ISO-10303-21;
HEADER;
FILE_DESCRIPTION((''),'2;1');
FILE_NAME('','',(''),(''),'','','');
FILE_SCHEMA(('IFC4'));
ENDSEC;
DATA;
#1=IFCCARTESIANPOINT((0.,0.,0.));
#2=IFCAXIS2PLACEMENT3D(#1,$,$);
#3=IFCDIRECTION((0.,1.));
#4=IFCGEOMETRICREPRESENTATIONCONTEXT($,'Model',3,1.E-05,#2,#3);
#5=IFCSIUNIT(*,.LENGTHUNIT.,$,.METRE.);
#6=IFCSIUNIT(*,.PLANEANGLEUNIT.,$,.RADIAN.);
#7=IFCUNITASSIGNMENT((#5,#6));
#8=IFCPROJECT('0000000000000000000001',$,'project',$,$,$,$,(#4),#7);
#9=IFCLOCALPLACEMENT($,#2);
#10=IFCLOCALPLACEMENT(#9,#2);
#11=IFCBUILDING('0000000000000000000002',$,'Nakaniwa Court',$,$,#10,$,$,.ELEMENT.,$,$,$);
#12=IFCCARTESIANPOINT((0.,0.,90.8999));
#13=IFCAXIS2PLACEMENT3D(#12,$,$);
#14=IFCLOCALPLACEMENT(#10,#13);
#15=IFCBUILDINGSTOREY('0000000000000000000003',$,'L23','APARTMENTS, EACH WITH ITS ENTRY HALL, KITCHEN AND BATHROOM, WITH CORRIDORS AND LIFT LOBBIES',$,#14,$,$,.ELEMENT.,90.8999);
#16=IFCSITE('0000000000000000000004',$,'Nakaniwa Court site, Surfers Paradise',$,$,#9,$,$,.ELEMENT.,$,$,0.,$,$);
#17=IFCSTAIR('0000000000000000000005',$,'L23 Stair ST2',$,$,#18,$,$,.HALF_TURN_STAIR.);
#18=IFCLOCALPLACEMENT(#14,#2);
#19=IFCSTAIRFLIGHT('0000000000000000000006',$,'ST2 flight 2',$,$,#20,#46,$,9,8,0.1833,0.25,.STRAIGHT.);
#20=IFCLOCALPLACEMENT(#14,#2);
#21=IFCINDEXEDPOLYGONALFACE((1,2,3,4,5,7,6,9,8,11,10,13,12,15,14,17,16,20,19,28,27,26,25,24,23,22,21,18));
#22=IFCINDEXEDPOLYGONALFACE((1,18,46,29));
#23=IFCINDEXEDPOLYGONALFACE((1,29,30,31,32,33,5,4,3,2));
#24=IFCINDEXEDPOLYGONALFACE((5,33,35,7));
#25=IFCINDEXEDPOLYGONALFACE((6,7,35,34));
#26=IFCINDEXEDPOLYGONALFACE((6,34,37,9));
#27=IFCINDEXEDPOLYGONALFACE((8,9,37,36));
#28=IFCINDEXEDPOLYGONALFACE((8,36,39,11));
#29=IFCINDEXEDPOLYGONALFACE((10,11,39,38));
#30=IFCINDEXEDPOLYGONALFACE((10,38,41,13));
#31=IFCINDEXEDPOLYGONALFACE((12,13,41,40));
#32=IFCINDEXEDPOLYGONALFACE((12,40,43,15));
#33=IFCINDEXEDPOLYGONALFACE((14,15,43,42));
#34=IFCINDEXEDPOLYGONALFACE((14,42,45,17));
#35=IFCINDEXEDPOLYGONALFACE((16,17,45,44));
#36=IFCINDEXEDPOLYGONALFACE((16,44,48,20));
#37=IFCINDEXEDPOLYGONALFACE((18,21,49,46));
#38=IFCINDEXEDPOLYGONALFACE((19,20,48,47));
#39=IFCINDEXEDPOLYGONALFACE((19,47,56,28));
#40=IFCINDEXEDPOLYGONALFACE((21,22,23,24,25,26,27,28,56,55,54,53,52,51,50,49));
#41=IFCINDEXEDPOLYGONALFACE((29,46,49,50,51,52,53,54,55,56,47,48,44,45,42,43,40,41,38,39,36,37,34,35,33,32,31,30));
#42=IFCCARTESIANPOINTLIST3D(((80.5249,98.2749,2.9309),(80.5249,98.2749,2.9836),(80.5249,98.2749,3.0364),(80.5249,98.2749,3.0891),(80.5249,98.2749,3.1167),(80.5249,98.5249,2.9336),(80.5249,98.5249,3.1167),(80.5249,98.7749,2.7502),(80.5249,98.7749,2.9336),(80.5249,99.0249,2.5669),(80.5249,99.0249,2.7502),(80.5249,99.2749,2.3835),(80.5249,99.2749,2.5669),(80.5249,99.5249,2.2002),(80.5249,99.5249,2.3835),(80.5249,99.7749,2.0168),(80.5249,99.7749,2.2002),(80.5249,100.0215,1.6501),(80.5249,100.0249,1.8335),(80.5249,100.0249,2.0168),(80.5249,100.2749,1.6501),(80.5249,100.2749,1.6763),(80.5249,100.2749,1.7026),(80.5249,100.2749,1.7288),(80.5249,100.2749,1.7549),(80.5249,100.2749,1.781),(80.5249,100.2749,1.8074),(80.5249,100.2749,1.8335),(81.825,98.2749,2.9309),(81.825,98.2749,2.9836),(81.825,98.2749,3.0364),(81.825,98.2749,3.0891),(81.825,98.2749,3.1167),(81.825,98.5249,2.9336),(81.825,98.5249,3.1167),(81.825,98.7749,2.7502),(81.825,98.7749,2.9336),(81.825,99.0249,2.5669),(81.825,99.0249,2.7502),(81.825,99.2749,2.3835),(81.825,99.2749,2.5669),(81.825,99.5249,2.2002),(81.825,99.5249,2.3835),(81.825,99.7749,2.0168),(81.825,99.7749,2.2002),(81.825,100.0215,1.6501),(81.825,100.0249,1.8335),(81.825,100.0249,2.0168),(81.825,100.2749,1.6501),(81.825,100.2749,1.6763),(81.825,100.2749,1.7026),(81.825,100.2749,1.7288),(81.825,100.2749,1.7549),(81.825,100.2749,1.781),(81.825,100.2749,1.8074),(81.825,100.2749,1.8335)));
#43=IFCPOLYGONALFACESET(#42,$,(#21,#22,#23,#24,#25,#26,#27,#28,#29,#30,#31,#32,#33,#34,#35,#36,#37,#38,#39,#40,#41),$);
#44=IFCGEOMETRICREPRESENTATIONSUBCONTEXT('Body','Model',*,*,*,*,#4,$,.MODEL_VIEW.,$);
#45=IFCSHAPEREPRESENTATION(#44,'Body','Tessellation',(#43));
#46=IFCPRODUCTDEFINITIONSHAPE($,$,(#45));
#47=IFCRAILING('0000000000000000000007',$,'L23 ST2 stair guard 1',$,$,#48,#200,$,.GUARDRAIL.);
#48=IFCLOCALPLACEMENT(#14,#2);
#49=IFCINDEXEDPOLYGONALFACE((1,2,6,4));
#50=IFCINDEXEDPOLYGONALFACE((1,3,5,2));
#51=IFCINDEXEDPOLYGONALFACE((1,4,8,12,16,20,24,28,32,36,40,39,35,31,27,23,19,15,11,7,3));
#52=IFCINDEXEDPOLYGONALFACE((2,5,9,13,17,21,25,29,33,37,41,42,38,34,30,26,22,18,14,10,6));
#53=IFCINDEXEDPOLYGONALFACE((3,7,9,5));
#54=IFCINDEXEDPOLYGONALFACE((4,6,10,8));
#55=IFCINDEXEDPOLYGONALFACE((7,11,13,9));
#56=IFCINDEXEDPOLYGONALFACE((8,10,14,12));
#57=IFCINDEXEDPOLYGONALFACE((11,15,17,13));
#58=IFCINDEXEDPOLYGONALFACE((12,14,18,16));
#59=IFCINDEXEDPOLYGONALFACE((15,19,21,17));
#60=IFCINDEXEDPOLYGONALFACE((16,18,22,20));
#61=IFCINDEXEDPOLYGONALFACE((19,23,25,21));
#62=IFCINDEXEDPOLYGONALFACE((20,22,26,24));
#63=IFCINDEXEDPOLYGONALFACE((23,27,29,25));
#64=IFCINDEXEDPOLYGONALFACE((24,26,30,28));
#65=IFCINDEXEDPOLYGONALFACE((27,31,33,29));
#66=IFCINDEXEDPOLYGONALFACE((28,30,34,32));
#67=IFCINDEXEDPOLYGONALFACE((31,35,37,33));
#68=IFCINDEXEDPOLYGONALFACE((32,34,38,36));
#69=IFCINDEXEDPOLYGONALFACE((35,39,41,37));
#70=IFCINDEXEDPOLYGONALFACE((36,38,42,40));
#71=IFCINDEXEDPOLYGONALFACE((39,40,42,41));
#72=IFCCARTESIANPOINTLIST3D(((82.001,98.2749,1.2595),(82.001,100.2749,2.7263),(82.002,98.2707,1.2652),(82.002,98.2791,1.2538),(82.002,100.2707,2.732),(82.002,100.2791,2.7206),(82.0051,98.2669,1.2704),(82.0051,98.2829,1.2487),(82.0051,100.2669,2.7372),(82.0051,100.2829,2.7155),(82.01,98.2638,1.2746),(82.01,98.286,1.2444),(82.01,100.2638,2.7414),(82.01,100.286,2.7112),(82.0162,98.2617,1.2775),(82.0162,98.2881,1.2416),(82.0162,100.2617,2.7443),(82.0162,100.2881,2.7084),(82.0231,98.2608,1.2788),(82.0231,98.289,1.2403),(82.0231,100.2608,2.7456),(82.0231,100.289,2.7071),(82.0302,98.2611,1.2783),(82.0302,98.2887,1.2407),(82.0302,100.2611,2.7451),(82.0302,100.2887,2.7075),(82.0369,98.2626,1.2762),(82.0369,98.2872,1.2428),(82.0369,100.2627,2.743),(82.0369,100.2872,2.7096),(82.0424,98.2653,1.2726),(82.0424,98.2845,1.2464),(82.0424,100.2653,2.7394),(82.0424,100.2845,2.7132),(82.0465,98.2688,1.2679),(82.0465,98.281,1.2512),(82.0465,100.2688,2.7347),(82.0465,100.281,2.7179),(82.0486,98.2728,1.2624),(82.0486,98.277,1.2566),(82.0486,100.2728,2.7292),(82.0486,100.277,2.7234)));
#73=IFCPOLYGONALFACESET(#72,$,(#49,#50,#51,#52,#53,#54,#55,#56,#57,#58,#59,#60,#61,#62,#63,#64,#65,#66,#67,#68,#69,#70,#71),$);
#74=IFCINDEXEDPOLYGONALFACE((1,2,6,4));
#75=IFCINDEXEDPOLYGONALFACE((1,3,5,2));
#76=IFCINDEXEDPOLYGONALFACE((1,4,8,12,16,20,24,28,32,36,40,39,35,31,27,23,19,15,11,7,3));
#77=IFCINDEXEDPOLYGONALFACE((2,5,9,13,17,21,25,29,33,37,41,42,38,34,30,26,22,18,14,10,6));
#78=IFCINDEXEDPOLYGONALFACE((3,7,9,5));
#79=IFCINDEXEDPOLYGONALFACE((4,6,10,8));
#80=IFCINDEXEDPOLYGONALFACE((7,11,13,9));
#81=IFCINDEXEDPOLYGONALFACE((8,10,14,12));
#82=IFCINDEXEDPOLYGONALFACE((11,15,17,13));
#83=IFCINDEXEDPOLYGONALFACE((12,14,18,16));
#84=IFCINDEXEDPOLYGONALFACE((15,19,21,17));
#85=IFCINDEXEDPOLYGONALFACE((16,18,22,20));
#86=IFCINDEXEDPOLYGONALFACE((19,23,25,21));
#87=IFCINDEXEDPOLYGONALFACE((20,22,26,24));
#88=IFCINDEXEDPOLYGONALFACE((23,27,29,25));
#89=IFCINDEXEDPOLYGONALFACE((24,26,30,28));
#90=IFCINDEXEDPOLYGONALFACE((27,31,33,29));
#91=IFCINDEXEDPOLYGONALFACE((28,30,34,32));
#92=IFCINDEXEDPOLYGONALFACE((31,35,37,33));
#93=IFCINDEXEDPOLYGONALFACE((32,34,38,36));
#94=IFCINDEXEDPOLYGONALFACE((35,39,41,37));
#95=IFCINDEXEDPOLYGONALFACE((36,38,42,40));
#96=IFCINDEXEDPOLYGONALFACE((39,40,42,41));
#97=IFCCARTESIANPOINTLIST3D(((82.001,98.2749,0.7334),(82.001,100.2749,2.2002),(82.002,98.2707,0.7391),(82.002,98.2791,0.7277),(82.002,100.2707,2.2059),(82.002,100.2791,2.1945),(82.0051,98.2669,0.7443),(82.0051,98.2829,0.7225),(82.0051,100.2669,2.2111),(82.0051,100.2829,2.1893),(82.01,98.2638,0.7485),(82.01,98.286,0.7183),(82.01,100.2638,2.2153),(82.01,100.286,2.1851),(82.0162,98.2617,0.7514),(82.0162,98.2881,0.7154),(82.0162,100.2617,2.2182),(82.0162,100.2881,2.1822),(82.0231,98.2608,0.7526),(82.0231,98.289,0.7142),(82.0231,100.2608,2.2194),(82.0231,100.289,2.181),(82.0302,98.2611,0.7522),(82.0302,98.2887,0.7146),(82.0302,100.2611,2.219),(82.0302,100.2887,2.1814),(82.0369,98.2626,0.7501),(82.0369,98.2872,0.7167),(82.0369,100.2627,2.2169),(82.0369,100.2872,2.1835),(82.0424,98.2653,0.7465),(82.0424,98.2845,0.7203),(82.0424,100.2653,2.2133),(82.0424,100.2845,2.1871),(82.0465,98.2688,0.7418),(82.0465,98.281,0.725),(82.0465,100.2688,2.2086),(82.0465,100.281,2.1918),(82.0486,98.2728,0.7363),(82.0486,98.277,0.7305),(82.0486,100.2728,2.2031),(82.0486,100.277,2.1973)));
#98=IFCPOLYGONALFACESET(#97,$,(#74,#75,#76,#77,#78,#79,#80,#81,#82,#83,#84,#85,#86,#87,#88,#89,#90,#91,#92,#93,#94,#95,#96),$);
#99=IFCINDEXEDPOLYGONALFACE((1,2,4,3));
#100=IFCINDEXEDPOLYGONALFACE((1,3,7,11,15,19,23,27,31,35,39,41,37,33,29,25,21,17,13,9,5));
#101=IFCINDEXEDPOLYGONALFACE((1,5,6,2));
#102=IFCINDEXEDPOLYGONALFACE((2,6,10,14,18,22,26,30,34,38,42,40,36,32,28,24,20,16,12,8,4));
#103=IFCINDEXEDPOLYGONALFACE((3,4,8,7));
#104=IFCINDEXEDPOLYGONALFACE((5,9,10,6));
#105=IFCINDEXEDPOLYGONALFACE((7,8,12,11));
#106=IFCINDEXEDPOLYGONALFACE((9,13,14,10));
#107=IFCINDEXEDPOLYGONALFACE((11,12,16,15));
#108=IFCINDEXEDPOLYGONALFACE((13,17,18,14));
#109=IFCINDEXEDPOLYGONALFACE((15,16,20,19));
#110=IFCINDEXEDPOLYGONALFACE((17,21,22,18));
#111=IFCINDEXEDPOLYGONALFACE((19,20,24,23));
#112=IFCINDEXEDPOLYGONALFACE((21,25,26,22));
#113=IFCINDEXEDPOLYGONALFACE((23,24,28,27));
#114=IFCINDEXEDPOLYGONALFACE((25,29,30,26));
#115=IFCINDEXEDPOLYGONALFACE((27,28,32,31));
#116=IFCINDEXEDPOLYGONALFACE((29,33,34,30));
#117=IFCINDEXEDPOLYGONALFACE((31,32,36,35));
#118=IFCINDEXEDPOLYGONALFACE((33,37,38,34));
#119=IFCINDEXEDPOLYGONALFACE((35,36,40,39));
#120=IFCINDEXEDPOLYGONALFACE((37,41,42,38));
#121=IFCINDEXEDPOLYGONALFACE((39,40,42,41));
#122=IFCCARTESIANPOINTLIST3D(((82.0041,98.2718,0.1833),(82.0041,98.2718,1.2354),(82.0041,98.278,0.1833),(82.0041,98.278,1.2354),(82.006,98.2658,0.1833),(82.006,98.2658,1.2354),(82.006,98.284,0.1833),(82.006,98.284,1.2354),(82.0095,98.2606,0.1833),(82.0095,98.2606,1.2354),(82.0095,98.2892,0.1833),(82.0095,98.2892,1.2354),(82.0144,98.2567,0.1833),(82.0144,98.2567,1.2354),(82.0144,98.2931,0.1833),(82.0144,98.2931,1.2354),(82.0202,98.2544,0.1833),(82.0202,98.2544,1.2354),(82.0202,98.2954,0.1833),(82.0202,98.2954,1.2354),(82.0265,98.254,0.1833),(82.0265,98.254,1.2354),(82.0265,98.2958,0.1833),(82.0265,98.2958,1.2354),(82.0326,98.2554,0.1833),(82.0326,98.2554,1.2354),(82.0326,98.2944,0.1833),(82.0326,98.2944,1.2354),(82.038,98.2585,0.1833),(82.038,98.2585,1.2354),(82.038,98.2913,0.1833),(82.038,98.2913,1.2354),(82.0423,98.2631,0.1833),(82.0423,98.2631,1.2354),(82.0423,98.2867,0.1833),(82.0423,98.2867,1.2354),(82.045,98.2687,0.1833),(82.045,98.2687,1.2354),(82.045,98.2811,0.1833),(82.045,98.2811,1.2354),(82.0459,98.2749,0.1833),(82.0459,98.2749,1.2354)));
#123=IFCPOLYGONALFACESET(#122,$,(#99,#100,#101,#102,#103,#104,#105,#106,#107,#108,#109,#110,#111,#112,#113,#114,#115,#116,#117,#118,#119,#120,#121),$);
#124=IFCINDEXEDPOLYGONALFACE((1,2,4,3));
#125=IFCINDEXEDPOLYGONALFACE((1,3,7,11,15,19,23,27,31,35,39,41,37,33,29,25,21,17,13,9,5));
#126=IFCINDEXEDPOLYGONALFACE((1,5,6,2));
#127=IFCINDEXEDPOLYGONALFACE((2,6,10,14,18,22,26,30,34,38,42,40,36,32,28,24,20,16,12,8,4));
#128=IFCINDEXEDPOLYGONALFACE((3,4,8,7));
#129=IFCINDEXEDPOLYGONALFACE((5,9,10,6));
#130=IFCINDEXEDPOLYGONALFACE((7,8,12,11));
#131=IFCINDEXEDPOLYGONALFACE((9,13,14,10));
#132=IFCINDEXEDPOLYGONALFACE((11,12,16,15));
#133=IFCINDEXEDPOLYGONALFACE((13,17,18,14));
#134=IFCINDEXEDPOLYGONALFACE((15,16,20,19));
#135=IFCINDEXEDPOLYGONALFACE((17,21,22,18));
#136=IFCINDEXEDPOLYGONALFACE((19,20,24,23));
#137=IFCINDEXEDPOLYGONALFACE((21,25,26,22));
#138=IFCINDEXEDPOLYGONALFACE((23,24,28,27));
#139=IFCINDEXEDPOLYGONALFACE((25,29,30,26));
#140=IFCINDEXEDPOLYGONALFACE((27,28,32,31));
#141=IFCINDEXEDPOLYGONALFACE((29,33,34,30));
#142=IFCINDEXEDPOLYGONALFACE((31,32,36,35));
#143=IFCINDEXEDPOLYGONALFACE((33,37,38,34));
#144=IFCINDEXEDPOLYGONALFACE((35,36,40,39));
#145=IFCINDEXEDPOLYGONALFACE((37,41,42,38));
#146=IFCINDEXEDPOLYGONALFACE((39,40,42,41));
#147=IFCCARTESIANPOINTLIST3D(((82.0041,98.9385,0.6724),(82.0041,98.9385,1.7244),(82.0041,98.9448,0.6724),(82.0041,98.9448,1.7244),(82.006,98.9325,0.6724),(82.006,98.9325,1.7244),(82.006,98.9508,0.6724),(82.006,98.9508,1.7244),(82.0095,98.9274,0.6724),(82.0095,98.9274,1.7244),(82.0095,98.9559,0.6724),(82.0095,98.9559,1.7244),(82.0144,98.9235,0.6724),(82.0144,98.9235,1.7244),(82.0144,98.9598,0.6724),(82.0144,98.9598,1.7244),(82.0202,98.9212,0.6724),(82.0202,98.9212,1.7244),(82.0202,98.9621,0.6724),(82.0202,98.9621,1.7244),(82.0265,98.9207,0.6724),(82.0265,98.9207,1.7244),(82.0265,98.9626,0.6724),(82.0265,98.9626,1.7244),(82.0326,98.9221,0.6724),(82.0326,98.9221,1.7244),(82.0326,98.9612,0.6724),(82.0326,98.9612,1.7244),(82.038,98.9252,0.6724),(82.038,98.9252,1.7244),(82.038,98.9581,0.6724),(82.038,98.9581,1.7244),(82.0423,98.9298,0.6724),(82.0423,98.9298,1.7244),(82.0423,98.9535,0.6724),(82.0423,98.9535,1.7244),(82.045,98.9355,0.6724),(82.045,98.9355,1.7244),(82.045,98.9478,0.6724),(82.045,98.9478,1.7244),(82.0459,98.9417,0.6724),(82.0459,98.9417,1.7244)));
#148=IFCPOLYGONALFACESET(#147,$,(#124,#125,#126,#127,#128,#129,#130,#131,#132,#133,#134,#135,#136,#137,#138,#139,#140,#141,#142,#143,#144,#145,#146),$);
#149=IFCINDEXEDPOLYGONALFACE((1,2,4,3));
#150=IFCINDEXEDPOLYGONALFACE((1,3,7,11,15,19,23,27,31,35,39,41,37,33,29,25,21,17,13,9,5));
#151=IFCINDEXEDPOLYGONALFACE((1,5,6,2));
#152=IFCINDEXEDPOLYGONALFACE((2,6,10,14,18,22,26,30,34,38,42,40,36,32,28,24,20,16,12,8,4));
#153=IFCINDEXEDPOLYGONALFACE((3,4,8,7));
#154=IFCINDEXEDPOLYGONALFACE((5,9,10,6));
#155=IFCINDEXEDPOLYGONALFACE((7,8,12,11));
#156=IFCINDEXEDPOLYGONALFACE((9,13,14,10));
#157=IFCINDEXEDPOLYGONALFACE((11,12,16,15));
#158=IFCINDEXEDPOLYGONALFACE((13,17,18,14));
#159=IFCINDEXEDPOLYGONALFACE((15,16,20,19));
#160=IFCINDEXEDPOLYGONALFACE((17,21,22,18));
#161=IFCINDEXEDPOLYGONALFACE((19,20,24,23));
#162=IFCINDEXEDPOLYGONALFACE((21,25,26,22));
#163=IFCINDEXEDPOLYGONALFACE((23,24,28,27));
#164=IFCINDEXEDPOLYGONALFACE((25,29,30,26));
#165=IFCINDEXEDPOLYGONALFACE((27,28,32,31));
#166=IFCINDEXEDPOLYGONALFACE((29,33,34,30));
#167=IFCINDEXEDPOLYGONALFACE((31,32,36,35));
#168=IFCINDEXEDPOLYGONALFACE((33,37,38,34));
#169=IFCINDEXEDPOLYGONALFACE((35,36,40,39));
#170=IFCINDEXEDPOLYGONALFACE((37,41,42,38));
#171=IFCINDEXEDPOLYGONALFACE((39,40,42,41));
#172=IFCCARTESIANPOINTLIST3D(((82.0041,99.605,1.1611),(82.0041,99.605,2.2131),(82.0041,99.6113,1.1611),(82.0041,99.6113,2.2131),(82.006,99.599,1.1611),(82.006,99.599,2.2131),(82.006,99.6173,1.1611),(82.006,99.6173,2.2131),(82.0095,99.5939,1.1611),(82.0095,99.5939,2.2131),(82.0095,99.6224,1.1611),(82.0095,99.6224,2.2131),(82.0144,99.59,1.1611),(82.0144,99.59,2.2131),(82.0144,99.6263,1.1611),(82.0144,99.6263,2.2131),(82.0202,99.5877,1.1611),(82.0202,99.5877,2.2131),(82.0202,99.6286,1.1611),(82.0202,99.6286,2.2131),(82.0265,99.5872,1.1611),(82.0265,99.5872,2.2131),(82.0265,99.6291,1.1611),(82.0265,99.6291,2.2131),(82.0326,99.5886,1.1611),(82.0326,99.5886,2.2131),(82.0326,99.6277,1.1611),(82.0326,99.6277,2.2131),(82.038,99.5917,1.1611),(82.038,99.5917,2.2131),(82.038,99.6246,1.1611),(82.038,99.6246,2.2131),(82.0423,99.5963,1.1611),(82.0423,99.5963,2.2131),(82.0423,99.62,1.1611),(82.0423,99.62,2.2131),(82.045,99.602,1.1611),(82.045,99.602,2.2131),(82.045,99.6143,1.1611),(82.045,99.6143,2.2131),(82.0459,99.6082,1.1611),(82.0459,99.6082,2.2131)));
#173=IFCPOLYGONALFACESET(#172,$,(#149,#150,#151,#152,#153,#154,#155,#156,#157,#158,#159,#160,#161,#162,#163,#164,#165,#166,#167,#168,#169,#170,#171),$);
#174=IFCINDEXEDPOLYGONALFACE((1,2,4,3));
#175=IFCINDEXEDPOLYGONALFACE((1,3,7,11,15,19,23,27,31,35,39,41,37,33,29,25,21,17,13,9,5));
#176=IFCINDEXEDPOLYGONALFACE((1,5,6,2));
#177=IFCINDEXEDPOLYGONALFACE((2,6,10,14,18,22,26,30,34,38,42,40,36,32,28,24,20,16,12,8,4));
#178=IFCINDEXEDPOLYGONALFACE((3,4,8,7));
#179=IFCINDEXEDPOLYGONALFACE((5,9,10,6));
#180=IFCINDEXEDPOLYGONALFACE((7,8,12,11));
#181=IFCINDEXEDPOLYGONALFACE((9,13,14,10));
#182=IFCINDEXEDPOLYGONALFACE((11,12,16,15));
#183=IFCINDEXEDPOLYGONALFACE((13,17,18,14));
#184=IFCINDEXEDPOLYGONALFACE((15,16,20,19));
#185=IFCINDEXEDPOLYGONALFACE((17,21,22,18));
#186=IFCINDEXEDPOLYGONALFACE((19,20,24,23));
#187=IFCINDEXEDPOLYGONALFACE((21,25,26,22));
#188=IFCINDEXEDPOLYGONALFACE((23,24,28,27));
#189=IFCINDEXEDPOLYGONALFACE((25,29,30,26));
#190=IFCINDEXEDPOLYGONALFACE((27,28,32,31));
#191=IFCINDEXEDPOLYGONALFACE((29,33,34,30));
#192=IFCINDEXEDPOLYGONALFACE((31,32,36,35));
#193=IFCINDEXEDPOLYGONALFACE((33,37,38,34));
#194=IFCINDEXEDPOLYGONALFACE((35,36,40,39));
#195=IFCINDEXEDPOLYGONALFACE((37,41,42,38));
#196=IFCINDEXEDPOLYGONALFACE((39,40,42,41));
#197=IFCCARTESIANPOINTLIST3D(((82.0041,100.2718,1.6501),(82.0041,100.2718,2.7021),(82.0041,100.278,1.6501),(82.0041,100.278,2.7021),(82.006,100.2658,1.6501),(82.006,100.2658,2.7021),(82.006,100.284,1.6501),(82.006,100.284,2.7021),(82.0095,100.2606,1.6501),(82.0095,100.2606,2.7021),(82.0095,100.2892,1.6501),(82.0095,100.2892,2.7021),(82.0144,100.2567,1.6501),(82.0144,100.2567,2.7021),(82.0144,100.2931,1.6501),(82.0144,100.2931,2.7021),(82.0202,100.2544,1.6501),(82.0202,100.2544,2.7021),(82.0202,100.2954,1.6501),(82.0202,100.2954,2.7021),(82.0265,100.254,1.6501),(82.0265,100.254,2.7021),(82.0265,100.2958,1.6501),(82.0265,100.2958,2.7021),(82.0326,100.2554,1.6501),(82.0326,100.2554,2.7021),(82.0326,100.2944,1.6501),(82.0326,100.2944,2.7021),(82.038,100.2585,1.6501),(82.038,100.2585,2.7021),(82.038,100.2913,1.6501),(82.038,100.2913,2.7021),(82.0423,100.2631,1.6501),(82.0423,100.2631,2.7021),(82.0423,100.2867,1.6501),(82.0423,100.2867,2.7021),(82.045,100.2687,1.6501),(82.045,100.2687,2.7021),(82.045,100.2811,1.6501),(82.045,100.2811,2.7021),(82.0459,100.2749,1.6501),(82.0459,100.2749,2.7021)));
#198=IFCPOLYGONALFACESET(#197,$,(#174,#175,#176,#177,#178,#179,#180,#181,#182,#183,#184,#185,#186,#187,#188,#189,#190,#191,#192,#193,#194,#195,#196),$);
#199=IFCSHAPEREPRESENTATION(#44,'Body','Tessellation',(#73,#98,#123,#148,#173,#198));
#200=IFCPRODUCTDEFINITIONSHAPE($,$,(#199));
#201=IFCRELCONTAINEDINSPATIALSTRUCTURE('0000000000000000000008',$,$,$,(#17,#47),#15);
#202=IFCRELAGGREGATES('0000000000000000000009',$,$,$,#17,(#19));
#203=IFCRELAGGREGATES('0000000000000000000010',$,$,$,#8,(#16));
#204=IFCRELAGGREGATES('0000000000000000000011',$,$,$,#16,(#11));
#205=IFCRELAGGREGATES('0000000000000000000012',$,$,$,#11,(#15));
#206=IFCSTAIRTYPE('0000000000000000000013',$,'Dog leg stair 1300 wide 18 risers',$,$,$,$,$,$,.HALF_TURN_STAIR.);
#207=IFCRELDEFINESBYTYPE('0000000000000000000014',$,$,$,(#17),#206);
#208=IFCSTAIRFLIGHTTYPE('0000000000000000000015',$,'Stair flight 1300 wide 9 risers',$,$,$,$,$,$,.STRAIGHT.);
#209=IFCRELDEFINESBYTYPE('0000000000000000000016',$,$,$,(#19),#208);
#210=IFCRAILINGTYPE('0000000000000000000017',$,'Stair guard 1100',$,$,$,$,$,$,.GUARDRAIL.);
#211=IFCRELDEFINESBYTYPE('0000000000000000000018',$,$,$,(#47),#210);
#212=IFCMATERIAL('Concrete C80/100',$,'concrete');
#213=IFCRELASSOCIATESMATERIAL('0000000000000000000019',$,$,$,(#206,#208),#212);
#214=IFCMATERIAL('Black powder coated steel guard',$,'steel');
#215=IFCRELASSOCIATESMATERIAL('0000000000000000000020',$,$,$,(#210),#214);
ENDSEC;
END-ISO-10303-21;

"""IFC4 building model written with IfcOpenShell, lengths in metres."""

from ifc_helpers import new_model, si_unit, direction, frame, origin, origin_2d, place, context, subcontext, project, spatial, polyline, circle, outline, extrude, material, type_object, element, aggregate, save


model = new_model("IFC4")

# Units and contexts
model_context = context("Model", 3, precision=1e-05, world=origin(), true_north=direction((0.0, 1.0)))
body_context = subcontext(model_context, "Body", "Model", "MODEL_VIEW")
ifc_project = project(units=[si_unit("LENGTHUNIT", "METRE"), si_unit("PLANEANGLEUNIT", "RADIAN")], contexts=[model_context])

# Site, building, storey
site_placement = place(None, origin())
site = spatial("IfcSite", under=ifc_project, at=site_placement, Name="Nakaniwa Court site, Surfers Paradise", CompositionType="ELEMENT", RefElevation=0.0)
building_placement = place(site_placement, origin())
building = spatial("IfcBuilding", under=site, at=building_placement, Name="Nakaniwa Court", CompositionType="ELEMENT")
storey_placement = place(building_placement, frame((0.0, 0.0, 90.8999)))
storey = spatial("IfcBuildingStorey", under=building, at=storey_placement, Name="L23", Description="APARTMENTS, EACH WITH ITS ENTRY HALL, KITCHEN AND BATHROOM, WITH CORRIDORS AND LIFT LOBBIES", CompositionType="ELEMENT", Elevation=90.8999)

# Shared definitions
ifc_material_1 = material(Name="Concrete C80/100", Category="concrete")

# Stair, stair flight
stair_type = type_object("IfcStairType", Name="Dog leg stair 1300 wide 18 risers", PredefinedType="HALF_TURN_STAIR", material=ifc_material_1)
stair_placement = place(storey_placement, origin())
stair = element("IfcStair", 1, at=stair_placement, inside=storey, type_object=stair_type, Name="L23 Stair ST2", PredefinedType="HALF_TURN_STAIR")
stair_flight_type = type_object("IfcStairFlightType", Name="Stair flight 1300 wide 9 risers", PredefinedType="STRAIGHT", material=ifc_material_1)
stair_flight_1_placement = place(storey_placement, frame((81.175, 100.2749, 1.6501), z_axis=(0.0, 0.0, 1.0), x_axis=(0.0, -1.0, 0.0)))
stair_flight_1 = element("IfcStairFlight", 2, at=stair_flight_1_placement, type_object=stair_flight_type, Name="ST2 flight 2", NumberOfRisers=9, NumberOfTreads=8, PredefinedType="STRAIGHT", RiserHeight=0.1833, TreadLength=0.25, context=body_context, shape_type="SweptSolid", body=[
    extrude(outline(polyline([(0.0, 0.0), (0.0, 0.0261), (0.0, 0.0525), (0.0, 0.0786), (0.0, 0.1047), (0.0, 0.1309), (0.0, 0.1572), (0.0, 0.1833), (0.25, 0.1833), (0.25, 0.3667), (0.5, 0.3667), (0.5, 0.55), (0.75, 0.55), (0.75, 0.7334), (1.0, 0.7334), (1.0, 0.9167), (1.25, 0.9167), (1.25, 1.1001), (1.5, 1.1001), (1.5, 1.2834), (1.75, 1.2834), (1.75, 1.4666), (2.0, 1.4666), (2.0, 1.6499), (2.0, 1.5972), (2.0, 1.5444), (2.0, 1.4917), (2.0, 1.439), (2.0, 1.3862), (2.0, 1.3335), (2.0, 1.2808), (0.2534, 0.0), (0.0, 0.0)])), frame((0.0, 0.6499, 0.0), z_axis=(0.0, -1.0, 0.0), x_axis=(1.0, 0.0, 0.0)), (0.0, 0.0, 1.0), 1.3),
])
aggregate(stair, [stair_flight_1])

# Railing
ifc_material_2 = material(Name="Black powder coated steel guard", Category="steel")
railing_type_1 = type_object("IfcRailingType", Name="Stair guard 1100", PredefinedType="GUARDRAIL", material=ifc_material_2)
railing_1_placement = place(storey_placement, frame((82.0249, 98.2749, 0.1833)))
element("IfcRailing", 3, at=railing_1_placement, inside=storey, type_object=railing_type_1, Name="L23 ST2 stair guard 1", PredefinedType="GUARDRAIL", context=body_context, shape_type="SweptSolid", body=[
    extrude(circle(Radius=0.0239, at=origin_2d()), frame((0.0, 0.0, 1.0762), z_axis=(0.0, 0.80638, 0.591398), x_axis=(-1.0, 0.0, 0.0)), (0.0, 0.0, 1.0), 2.4802),
    extrude(circle(Radius=0.0239, at=origin_2d()), frame((0.0, 0.0, 0.55), z_axis=(0.0, 0.80638, 0.591398), x_axis=(-1.0, 0.0, 0.0)), (0.0, 0.0, 1.0), 2.4802),
    extrude(circle(Radius=0.021, at=origin_2d()), origin(), (0.0, 0.0, 1.0), 1.052),
    extrude(circle(Radius=0.021, at=origin_2d()), frame((0.0, 0.6667, 0.489)), (0.0, 0.0, 1.0), 1.052),
    extrude(circle(Radius=0.021, at=origin_2d()), frame((0.0, 1.3333, 0.9778)), (0.0, 0.0, 1.0), 1.052),
    extrude(circle(Radius=0.021, at=origin_2d()), frame((0.0, 2.0, 1.4668)), (0.0, 0.0, 1.0), 1.052),
])

save(model, "model.ifc")
